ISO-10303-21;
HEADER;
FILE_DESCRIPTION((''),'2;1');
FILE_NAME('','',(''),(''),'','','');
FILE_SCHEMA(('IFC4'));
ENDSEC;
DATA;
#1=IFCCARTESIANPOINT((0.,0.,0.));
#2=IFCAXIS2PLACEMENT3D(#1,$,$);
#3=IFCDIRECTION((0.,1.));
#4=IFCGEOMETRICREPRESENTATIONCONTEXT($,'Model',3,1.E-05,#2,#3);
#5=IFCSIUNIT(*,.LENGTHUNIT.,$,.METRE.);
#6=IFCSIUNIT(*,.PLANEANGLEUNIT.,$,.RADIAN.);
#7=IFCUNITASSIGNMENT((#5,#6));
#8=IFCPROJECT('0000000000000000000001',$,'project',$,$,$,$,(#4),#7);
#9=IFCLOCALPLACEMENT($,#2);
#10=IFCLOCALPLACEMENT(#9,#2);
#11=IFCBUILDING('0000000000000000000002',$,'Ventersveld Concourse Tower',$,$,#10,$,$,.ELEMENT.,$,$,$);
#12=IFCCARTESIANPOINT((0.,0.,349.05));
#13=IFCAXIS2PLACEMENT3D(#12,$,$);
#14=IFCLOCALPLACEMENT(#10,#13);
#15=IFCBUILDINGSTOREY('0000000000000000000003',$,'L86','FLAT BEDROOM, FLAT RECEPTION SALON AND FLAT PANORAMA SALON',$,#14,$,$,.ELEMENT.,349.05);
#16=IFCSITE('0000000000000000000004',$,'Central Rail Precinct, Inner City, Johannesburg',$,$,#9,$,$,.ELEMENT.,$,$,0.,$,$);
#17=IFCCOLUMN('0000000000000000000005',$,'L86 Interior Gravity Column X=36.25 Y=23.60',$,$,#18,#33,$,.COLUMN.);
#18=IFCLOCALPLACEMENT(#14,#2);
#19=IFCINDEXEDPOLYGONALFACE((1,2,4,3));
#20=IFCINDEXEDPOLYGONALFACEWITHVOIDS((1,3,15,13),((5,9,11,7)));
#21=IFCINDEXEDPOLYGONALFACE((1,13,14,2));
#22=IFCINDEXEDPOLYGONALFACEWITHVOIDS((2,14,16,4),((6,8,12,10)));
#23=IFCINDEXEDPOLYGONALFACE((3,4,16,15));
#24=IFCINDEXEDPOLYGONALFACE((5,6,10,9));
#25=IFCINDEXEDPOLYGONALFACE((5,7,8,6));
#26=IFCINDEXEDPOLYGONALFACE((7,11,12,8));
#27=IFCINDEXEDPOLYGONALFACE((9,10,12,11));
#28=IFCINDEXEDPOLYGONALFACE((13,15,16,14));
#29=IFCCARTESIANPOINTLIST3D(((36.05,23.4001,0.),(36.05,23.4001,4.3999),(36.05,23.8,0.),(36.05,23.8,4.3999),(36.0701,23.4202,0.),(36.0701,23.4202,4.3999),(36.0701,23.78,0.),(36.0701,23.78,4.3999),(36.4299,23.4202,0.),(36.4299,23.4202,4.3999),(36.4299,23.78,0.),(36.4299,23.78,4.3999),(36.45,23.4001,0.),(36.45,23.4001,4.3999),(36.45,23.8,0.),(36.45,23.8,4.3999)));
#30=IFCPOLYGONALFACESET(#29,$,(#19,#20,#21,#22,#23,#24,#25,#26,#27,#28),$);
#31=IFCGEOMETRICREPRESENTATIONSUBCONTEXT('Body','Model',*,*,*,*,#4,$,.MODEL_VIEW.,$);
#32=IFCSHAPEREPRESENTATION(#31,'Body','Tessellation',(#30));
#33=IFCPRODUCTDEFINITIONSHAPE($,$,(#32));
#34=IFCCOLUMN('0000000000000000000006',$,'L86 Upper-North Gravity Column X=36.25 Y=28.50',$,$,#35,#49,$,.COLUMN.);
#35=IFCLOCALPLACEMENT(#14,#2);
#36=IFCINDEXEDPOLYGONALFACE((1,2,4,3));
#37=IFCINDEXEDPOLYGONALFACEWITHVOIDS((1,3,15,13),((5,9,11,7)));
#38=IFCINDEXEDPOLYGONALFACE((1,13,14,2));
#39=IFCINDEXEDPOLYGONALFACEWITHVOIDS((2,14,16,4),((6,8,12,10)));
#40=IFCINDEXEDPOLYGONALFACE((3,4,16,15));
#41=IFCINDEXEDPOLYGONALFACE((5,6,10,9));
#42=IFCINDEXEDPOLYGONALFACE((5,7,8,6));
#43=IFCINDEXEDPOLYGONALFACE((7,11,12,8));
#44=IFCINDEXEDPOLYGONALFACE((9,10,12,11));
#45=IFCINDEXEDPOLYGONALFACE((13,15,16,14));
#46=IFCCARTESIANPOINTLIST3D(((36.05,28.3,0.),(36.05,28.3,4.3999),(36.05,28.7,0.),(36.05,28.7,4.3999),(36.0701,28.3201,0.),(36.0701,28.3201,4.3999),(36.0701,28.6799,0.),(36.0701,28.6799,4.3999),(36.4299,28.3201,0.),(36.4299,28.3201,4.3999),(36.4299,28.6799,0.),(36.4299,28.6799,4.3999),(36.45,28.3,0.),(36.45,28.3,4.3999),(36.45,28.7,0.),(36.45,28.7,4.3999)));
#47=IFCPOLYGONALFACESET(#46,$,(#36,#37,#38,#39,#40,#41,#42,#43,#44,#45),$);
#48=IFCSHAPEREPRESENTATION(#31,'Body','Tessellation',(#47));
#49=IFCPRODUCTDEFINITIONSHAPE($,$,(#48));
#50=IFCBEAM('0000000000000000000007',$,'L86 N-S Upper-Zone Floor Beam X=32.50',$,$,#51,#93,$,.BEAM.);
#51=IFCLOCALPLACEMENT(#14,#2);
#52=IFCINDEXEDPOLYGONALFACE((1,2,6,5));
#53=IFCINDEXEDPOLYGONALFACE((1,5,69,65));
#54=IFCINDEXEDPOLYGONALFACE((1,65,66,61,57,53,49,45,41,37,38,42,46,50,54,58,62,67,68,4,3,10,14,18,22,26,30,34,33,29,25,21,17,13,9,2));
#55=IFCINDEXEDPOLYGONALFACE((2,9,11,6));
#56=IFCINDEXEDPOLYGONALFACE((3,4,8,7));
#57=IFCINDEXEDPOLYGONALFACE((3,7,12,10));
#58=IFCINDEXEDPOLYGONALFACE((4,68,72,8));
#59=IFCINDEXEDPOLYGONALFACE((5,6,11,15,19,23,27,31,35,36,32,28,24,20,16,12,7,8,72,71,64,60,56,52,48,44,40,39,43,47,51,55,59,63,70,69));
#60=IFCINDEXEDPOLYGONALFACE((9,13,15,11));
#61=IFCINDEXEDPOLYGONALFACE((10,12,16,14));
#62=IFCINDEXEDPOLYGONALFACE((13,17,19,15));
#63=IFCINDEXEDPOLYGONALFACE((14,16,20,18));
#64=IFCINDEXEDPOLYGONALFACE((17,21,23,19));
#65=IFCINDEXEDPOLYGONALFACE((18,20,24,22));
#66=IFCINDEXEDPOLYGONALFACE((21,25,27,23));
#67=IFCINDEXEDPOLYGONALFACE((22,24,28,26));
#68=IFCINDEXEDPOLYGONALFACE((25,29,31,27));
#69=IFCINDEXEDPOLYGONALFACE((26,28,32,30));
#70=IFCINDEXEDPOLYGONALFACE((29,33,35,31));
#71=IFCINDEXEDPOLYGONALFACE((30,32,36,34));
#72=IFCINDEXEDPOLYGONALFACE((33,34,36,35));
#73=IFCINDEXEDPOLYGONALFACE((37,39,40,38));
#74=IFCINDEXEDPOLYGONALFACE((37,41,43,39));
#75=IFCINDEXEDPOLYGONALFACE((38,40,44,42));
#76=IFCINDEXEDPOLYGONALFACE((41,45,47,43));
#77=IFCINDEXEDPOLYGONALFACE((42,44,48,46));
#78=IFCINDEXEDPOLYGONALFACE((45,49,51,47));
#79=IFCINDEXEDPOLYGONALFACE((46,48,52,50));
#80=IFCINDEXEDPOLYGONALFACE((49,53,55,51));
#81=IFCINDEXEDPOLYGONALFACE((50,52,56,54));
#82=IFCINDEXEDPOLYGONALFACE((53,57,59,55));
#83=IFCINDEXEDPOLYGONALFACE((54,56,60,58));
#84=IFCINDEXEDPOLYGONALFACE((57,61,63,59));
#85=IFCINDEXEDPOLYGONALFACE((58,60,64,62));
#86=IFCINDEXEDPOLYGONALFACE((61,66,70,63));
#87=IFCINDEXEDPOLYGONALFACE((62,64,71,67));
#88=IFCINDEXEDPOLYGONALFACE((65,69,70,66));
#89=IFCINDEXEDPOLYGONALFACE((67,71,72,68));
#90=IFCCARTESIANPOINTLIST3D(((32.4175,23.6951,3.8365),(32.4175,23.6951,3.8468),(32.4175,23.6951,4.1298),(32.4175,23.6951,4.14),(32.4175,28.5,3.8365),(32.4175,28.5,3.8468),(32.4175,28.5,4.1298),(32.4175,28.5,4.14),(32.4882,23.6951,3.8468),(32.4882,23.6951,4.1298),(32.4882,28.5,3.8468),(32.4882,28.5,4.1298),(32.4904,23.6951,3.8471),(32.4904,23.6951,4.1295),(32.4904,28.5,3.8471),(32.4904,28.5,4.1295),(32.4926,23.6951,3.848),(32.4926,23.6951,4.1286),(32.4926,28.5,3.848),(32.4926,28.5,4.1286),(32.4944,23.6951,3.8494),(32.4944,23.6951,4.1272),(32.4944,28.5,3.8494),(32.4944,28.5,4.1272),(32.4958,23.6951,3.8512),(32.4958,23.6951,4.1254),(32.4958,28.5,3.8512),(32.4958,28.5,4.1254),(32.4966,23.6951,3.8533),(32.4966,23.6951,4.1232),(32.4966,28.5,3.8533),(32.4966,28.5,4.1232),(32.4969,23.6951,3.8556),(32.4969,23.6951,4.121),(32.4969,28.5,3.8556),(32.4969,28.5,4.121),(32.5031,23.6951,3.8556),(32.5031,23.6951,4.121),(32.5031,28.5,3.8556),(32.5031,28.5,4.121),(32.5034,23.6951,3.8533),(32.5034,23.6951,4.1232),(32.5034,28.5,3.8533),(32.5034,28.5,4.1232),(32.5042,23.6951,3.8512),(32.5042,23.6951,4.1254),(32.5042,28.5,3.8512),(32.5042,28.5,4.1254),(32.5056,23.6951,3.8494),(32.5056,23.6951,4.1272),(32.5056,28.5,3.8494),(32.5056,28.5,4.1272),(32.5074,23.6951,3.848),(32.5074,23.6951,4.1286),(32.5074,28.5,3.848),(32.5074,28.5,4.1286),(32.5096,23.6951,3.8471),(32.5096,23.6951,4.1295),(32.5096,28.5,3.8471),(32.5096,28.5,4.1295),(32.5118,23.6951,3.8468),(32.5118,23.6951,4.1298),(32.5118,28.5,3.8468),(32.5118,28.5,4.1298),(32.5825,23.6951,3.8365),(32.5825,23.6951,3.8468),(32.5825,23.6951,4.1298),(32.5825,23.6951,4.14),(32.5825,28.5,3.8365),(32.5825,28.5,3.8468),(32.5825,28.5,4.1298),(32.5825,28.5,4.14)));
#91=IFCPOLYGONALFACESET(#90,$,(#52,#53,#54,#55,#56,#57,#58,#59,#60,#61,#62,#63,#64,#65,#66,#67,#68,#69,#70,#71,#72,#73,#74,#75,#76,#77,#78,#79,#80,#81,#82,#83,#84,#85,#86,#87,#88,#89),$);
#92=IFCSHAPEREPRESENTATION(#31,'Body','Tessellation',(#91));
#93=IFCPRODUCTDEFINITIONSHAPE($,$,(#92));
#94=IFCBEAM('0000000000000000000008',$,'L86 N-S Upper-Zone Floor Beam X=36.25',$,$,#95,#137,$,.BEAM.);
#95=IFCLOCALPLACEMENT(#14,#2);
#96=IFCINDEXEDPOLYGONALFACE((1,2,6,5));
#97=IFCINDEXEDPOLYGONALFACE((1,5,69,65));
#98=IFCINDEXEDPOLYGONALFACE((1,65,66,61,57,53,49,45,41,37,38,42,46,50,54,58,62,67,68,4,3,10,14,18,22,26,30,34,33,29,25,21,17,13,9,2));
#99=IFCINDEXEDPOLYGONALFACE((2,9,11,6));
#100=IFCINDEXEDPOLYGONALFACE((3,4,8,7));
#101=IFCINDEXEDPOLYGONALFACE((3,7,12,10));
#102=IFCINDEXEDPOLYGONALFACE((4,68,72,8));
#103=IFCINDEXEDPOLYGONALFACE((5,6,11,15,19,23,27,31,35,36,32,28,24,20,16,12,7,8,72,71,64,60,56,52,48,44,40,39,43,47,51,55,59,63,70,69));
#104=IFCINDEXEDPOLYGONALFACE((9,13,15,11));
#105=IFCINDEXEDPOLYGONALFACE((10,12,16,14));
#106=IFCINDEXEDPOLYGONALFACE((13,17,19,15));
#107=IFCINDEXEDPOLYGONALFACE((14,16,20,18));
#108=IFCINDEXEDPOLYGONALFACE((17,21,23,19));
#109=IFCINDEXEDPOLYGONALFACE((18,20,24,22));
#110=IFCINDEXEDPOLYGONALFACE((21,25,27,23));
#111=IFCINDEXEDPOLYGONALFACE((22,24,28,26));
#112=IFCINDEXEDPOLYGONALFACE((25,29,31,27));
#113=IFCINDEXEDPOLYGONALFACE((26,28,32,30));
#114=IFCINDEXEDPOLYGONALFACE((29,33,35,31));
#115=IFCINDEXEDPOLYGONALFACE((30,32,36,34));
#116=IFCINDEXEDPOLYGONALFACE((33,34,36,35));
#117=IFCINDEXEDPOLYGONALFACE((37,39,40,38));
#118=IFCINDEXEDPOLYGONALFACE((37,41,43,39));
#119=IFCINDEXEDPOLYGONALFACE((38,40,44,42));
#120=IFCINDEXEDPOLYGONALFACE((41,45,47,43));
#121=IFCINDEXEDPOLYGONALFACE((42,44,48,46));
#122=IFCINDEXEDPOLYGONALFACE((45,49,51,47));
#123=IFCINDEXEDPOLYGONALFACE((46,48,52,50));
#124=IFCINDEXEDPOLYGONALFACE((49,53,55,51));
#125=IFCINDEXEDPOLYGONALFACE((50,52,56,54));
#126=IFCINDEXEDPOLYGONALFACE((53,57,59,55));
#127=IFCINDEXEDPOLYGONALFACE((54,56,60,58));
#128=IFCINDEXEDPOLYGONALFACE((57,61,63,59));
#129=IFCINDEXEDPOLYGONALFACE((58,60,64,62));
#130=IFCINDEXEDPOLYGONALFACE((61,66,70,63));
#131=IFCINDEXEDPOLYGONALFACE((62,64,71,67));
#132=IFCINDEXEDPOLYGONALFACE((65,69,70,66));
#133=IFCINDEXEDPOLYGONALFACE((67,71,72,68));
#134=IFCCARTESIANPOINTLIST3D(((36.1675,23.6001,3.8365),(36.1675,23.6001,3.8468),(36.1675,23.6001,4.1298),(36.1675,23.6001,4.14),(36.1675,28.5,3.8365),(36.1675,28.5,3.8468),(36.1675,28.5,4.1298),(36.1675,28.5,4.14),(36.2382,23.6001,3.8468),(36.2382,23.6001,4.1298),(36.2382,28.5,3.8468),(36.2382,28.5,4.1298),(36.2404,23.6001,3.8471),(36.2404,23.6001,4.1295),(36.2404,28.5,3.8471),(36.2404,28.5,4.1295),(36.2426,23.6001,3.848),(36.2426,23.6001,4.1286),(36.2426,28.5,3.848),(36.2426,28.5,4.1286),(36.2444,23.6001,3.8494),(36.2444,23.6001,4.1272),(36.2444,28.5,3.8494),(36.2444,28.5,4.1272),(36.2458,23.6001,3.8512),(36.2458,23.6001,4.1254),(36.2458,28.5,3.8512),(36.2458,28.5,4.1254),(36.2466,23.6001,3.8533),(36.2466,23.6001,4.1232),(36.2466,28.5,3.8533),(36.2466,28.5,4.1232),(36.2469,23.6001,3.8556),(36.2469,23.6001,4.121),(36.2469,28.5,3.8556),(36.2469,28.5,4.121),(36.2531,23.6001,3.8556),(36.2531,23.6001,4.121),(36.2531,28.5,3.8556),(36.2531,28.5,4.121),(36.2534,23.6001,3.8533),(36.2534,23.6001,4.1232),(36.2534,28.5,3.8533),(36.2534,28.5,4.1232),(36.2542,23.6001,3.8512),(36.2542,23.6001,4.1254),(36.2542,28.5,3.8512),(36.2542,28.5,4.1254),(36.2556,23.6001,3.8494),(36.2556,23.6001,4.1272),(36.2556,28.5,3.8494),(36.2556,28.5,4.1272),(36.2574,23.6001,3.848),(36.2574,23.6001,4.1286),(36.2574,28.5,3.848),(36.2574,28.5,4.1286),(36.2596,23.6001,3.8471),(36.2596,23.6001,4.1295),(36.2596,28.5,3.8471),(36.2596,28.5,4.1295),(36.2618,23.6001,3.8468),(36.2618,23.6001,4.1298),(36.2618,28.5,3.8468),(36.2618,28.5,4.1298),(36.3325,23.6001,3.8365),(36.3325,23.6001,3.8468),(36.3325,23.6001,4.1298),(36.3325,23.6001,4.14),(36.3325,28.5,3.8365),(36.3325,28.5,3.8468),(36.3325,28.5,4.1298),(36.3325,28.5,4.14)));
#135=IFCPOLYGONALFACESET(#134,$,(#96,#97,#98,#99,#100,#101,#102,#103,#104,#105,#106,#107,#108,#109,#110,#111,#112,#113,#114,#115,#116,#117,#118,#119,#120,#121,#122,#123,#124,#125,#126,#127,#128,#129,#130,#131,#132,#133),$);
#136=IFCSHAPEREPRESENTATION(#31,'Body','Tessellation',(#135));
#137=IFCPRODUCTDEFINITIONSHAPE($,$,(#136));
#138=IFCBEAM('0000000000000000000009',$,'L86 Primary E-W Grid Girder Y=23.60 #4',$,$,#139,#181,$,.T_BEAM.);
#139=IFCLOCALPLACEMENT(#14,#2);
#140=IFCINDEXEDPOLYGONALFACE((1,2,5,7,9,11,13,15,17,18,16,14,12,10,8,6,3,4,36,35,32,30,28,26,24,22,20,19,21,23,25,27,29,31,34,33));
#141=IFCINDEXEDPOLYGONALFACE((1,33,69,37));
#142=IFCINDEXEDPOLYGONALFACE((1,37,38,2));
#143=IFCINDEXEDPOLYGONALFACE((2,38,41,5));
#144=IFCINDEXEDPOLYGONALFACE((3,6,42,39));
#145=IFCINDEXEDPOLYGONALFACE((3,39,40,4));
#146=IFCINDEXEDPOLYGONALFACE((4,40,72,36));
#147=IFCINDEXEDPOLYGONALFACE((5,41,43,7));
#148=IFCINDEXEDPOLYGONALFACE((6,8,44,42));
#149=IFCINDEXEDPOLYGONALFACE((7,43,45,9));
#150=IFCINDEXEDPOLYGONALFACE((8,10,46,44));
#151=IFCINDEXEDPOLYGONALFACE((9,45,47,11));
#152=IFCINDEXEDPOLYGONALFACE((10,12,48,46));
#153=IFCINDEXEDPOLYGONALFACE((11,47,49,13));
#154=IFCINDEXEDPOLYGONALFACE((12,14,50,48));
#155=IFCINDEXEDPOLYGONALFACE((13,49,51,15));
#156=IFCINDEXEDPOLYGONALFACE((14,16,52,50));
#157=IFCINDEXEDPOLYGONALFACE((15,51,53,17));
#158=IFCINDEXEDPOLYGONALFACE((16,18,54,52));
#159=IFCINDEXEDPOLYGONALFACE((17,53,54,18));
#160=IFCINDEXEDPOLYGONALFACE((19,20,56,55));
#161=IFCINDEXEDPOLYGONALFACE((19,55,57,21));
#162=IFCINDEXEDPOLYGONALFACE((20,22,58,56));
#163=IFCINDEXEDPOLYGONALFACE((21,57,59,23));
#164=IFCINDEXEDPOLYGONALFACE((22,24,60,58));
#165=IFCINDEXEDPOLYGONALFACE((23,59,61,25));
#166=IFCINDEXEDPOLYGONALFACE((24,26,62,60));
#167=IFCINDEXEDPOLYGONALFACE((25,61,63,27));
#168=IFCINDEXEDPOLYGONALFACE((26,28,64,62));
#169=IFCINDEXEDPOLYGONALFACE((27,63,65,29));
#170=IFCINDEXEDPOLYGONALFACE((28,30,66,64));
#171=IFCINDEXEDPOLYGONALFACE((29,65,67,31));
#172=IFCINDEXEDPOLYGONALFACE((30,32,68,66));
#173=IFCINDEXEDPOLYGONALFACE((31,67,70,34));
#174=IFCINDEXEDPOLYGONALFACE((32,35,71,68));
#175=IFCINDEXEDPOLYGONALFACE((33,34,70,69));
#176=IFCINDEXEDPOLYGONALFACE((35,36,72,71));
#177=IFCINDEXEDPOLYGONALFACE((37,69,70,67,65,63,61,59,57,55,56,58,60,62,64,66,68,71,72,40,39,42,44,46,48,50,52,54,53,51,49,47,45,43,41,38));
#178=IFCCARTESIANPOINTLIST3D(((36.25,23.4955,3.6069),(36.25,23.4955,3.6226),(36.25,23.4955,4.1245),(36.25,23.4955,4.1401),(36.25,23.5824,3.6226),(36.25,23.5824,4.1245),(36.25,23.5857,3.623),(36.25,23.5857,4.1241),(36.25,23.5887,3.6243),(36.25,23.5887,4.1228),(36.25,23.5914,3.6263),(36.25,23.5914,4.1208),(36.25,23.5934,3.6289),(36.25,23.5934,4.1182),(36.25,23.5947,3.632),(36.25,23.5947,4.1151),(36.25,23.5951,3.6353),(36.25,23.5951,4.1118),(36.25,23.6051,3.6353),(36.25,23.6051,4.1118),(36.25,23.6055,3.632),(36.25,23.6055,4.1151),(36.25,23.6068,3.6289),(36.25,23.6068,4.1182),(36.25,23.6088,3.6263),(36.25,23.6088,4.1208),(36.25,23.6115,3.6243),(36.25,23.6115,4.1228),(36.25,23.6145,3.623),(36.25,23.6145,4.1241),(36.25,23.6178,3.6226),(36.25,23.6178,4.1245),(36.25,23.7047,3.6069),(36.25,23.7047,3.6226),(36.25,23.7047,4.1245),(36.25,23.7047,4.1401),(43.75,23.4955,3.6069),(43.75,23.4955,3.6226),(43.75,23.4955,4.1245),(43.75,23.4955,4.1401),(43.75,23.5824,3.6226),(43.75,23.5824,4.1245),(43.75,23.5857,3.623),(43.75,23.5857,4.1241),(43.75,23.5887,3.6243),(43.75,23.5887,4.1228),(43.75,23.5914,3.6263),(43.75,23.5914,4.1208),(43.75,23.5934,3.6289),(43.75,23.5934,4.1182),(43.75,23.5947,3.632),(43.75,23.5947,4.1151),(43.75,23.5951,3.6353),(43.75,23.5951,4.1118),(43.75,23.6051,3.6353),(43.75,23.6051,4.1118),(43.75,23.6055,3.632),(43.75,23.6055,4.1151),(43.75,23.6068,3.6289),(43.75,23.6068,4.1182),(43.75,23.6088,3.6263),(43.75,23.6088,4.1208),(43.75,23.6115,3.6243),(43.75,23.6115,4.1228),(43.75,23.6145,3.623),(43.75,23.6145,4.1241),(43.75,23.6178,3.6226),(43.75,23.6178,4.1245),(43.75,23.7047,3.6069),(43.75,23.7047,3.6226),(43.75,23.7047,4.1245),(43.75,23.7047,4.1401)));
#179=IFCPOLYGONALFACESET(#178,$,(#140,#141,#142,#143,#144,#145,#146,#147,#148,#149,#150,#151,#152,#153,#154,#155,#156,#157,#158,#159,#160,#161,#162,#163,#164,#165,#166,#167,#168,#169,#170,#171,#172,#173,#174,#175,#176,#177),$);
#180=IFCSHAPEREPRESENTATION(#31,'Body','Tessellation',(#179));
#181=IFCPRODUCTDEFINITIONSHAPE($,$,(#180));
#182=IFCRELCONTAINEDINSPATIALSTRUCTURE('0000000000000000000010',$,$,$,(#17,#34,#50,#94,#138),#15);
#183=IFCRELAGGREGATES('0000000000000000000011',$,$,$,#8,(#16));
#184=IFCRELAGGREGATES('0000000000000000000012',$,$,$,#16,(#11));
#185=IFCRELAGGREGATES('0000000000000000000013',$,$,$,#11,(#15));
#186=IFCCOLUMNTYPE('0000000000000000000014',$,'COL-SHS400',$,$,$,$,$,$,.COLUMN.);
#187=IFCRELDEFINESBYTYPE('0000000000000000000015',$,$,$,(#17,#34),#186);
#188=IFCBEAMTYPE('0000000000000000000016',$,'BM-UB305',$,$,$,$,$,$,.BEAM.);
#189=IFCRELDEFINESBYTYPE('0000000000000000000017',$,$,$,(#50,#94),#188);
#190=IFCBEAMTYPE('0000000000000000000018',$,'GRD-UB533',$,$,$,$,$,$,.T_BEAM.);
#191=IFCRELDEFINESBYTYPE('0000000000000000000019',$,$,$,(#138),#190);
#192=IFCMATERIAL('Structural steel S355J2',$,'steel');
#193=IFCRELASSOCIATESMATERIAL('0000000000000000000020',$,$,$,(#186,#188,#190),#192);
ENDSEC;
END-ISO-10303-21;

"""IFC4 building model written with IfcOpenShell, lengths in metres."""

from ifc_helpers import new_model, si_unit, direction, frame, origin, origin_2d, place, context, subcontext, project, spatial, hollow_rectangle, i_section, extrude, material, material_profile, profile_set, type_object, element, save


model = new_model("IFC4")

# Units and contexts
model_context = context("Model", 3, precision=1e-05, world=origin(), true_north=direction((0.0, 1.0)))
body_context = subcontext(model_context, "Body", "Model", "MODEL_VIEW")
ifc_project = project(units=[si_unit("LENGTHUNIT", "METRE"), si_unit("PLANEANGLEUNIT", "RADIAN")], contexts=[model_context])

# Site, building, storey
site_placement = place(None, origin())
site = spatial("IfcSite", under=ifc_project, at=site_placement, Name="Central Rail Precinct, Inner City, Johannesburg", CompositionType="ELEMENT", RefElevation=0.0)
building_placement = place(site_placement, origin())
building = spatial("IfcBuilding", under=site, at=building_placement, Name="Ventersveld Concourse Tower", CompositionType="ELEMENT")
storey_placement = place(building_placement, frame((0.0, 0.0, 349.05)))
storey = spatial("IfcBuildingStorey", under=building, at=storey_placement, Name="L86", Description="FLAT BEDROOM, FLAT RECEPTION SALON AND FLAT PANORAMA SALON", CompositionType="ELEMENT", Elevation=349.05)

# Columns
ifc_material_1 = material(Name="Structural steel S355J2", Category="steel")
ifc_material_profile_1 = material_profile(ifc_material_1, hollow_rectangle(XDim=0.3999, YDim=0.3999, WallThickness=0.02, at=origin_2d()), Name="SHS 400x400x20")
ifc_profile_set_1 = profile_set([ifc_material_profile_1], Name="Structural steel S355J2")
column_type = type_object("IfcColumnType", Name="COL-SHS400", PredefinedType="COLUMN", material=ifc_profile_set_1)
for number, where, z_axis, x_axis, name in (
    (1, (36.25, 23.6001, 0.0), (0.0, 0.0, 1.0), (1.0, 0.0, 0.0), "L86 Interior Gravity Column X=36.25 Y=23.60"),
    (2, (36.25, 28.5, 0.0), (0.0, 0.0, 1.0), (1.0, 0.0, 0.0), "L86 Upper-North Gravity Column X=36.25 Y=28.50"),
):
    element("IfcColumn", number, at=place(storey_placement, frame(where, z_axis=z_axis, x_axis=x_axis)), inside=storey, type_object=column_type, Name=name, PredefinedType="COLUMN", context=body_context, shape_type="SweptSolid", body=[
        extrude(hollow_rectangle(XDim=0.3999, YDim=0.3999, WallThickness=0.02, at=origin_2d()), origin(), (0.0, 0.0, 1.0), 4.3999),
    ])

# Beams
ifc_material_profile_2 = material_profile(ifc_material_1, i_section(OverallWidth=0.165, OverallDepth=0.3035, WebThickness=0.0061, FlangeThickness=0.0103, FilletRadius=0.0088, at=origin_2d()), Name="UB 305x165x40")
ifc_profile_set_2 = profile_set([ifc_material_profile_2], Name="Structural steel S355J2")
beam_type_1 = type_object("IfcBeamType", Name="BM-UB305", PredefinedType="BEAM", material=ifc_profile_set_2)
beam_1_placement = place(storey_placement, frame((32.5, 23.6951, 3.9883), z_axis=(0.0, 1.0, 0.0), x_axis=(-1.0, 0.0, 0.0)))
element("IfcBeam", 3, at=beam_1_placement, inside=storey, type_object=beam_type_1, Name="L86 N-S Upper-Zone Floor Beam X=32.50", PredefinedType="BEAM", context=body_context, shape_type="SweptSolid", body=[
    extrude(i_section(OverallWidth=0.165, OverallDepth=0.3035, WebThickness=0.0061, FlangeThickness=0.0103, FilletRadius=0.0088, at=origin_2d()), origin(), (0.0, 0.0, 1.0), 4.8049),
])
beam_2_placement = place(storey_placement, frame((36.25, 23.6001, 3.9883), z_axis=(0.0, 1.0, 0.0), x_axis=(-1.0, 0.0, 0.0)))
element("IfcBeam", 4, at=beam_2_placement, inside=storey, type_object=beam_type_1, Name="L86 N-S Upper-Zone Floor Beam X=36.25", PredefinedType="BEAM", context=body_context, shape_type="SweptSolid", body=[
    extrude(i_section(OverallWidth=0.165, OverallDepth=0.3035, WebThickness=0.0061, FlangeThickness=0.0103, FilletRadius=0.0088, at=origin_2d()), origin(), (0.0, 0.0, 1.0), 4.8999),
])
ifc_material_profile_3 = material_profile(ifc_material_1, i_section(OverallWidth=0.2092, OverallDepth=0.5332, WebThickness=0.01, FlangeThickness=0.0156, FilletRadius=0.0127, at=origin_2d()), Name="UB 533x210x92")
ifc_profile_set_3 = profile_set([ifc_material_profile_3], Name="Structural steel S355J2")
beam_type_2 = type_object("IfcBeamType", Name="GRD-UB533", PredefinedType="T_BEAM", material=ifc_profile_set_3)
for number, where, z_axis, x_axis, name in (
    (5, (36.25, 23.6001, 3.8735), (1.0, 0.0, 0.0), (0.0, 1.0, 0.0), "L86 Primary E-W Grid Girder Y=23.60 #4"),
):
    element("IfcBeam", number, at=place(storey_placement, frame(where, z_axis=z_axis, x_axis=x_axis)), inside=storey, type_object=beam_type_2, Name=name, PredefinedType="T_BEAM", context=body_context, shape_type="SweptSolid", body=[
        extrude(i_section(OverallWidth=0.2092, OverallDepth=0.5332, WebThickness=0.01, FlangeThickness=0.0156, FilletRadius=0.0127, at=origin_2d()), origin(), (0.0, 0.0, 1.0), 7.5),
    ])

save(model, "model.ifc")
